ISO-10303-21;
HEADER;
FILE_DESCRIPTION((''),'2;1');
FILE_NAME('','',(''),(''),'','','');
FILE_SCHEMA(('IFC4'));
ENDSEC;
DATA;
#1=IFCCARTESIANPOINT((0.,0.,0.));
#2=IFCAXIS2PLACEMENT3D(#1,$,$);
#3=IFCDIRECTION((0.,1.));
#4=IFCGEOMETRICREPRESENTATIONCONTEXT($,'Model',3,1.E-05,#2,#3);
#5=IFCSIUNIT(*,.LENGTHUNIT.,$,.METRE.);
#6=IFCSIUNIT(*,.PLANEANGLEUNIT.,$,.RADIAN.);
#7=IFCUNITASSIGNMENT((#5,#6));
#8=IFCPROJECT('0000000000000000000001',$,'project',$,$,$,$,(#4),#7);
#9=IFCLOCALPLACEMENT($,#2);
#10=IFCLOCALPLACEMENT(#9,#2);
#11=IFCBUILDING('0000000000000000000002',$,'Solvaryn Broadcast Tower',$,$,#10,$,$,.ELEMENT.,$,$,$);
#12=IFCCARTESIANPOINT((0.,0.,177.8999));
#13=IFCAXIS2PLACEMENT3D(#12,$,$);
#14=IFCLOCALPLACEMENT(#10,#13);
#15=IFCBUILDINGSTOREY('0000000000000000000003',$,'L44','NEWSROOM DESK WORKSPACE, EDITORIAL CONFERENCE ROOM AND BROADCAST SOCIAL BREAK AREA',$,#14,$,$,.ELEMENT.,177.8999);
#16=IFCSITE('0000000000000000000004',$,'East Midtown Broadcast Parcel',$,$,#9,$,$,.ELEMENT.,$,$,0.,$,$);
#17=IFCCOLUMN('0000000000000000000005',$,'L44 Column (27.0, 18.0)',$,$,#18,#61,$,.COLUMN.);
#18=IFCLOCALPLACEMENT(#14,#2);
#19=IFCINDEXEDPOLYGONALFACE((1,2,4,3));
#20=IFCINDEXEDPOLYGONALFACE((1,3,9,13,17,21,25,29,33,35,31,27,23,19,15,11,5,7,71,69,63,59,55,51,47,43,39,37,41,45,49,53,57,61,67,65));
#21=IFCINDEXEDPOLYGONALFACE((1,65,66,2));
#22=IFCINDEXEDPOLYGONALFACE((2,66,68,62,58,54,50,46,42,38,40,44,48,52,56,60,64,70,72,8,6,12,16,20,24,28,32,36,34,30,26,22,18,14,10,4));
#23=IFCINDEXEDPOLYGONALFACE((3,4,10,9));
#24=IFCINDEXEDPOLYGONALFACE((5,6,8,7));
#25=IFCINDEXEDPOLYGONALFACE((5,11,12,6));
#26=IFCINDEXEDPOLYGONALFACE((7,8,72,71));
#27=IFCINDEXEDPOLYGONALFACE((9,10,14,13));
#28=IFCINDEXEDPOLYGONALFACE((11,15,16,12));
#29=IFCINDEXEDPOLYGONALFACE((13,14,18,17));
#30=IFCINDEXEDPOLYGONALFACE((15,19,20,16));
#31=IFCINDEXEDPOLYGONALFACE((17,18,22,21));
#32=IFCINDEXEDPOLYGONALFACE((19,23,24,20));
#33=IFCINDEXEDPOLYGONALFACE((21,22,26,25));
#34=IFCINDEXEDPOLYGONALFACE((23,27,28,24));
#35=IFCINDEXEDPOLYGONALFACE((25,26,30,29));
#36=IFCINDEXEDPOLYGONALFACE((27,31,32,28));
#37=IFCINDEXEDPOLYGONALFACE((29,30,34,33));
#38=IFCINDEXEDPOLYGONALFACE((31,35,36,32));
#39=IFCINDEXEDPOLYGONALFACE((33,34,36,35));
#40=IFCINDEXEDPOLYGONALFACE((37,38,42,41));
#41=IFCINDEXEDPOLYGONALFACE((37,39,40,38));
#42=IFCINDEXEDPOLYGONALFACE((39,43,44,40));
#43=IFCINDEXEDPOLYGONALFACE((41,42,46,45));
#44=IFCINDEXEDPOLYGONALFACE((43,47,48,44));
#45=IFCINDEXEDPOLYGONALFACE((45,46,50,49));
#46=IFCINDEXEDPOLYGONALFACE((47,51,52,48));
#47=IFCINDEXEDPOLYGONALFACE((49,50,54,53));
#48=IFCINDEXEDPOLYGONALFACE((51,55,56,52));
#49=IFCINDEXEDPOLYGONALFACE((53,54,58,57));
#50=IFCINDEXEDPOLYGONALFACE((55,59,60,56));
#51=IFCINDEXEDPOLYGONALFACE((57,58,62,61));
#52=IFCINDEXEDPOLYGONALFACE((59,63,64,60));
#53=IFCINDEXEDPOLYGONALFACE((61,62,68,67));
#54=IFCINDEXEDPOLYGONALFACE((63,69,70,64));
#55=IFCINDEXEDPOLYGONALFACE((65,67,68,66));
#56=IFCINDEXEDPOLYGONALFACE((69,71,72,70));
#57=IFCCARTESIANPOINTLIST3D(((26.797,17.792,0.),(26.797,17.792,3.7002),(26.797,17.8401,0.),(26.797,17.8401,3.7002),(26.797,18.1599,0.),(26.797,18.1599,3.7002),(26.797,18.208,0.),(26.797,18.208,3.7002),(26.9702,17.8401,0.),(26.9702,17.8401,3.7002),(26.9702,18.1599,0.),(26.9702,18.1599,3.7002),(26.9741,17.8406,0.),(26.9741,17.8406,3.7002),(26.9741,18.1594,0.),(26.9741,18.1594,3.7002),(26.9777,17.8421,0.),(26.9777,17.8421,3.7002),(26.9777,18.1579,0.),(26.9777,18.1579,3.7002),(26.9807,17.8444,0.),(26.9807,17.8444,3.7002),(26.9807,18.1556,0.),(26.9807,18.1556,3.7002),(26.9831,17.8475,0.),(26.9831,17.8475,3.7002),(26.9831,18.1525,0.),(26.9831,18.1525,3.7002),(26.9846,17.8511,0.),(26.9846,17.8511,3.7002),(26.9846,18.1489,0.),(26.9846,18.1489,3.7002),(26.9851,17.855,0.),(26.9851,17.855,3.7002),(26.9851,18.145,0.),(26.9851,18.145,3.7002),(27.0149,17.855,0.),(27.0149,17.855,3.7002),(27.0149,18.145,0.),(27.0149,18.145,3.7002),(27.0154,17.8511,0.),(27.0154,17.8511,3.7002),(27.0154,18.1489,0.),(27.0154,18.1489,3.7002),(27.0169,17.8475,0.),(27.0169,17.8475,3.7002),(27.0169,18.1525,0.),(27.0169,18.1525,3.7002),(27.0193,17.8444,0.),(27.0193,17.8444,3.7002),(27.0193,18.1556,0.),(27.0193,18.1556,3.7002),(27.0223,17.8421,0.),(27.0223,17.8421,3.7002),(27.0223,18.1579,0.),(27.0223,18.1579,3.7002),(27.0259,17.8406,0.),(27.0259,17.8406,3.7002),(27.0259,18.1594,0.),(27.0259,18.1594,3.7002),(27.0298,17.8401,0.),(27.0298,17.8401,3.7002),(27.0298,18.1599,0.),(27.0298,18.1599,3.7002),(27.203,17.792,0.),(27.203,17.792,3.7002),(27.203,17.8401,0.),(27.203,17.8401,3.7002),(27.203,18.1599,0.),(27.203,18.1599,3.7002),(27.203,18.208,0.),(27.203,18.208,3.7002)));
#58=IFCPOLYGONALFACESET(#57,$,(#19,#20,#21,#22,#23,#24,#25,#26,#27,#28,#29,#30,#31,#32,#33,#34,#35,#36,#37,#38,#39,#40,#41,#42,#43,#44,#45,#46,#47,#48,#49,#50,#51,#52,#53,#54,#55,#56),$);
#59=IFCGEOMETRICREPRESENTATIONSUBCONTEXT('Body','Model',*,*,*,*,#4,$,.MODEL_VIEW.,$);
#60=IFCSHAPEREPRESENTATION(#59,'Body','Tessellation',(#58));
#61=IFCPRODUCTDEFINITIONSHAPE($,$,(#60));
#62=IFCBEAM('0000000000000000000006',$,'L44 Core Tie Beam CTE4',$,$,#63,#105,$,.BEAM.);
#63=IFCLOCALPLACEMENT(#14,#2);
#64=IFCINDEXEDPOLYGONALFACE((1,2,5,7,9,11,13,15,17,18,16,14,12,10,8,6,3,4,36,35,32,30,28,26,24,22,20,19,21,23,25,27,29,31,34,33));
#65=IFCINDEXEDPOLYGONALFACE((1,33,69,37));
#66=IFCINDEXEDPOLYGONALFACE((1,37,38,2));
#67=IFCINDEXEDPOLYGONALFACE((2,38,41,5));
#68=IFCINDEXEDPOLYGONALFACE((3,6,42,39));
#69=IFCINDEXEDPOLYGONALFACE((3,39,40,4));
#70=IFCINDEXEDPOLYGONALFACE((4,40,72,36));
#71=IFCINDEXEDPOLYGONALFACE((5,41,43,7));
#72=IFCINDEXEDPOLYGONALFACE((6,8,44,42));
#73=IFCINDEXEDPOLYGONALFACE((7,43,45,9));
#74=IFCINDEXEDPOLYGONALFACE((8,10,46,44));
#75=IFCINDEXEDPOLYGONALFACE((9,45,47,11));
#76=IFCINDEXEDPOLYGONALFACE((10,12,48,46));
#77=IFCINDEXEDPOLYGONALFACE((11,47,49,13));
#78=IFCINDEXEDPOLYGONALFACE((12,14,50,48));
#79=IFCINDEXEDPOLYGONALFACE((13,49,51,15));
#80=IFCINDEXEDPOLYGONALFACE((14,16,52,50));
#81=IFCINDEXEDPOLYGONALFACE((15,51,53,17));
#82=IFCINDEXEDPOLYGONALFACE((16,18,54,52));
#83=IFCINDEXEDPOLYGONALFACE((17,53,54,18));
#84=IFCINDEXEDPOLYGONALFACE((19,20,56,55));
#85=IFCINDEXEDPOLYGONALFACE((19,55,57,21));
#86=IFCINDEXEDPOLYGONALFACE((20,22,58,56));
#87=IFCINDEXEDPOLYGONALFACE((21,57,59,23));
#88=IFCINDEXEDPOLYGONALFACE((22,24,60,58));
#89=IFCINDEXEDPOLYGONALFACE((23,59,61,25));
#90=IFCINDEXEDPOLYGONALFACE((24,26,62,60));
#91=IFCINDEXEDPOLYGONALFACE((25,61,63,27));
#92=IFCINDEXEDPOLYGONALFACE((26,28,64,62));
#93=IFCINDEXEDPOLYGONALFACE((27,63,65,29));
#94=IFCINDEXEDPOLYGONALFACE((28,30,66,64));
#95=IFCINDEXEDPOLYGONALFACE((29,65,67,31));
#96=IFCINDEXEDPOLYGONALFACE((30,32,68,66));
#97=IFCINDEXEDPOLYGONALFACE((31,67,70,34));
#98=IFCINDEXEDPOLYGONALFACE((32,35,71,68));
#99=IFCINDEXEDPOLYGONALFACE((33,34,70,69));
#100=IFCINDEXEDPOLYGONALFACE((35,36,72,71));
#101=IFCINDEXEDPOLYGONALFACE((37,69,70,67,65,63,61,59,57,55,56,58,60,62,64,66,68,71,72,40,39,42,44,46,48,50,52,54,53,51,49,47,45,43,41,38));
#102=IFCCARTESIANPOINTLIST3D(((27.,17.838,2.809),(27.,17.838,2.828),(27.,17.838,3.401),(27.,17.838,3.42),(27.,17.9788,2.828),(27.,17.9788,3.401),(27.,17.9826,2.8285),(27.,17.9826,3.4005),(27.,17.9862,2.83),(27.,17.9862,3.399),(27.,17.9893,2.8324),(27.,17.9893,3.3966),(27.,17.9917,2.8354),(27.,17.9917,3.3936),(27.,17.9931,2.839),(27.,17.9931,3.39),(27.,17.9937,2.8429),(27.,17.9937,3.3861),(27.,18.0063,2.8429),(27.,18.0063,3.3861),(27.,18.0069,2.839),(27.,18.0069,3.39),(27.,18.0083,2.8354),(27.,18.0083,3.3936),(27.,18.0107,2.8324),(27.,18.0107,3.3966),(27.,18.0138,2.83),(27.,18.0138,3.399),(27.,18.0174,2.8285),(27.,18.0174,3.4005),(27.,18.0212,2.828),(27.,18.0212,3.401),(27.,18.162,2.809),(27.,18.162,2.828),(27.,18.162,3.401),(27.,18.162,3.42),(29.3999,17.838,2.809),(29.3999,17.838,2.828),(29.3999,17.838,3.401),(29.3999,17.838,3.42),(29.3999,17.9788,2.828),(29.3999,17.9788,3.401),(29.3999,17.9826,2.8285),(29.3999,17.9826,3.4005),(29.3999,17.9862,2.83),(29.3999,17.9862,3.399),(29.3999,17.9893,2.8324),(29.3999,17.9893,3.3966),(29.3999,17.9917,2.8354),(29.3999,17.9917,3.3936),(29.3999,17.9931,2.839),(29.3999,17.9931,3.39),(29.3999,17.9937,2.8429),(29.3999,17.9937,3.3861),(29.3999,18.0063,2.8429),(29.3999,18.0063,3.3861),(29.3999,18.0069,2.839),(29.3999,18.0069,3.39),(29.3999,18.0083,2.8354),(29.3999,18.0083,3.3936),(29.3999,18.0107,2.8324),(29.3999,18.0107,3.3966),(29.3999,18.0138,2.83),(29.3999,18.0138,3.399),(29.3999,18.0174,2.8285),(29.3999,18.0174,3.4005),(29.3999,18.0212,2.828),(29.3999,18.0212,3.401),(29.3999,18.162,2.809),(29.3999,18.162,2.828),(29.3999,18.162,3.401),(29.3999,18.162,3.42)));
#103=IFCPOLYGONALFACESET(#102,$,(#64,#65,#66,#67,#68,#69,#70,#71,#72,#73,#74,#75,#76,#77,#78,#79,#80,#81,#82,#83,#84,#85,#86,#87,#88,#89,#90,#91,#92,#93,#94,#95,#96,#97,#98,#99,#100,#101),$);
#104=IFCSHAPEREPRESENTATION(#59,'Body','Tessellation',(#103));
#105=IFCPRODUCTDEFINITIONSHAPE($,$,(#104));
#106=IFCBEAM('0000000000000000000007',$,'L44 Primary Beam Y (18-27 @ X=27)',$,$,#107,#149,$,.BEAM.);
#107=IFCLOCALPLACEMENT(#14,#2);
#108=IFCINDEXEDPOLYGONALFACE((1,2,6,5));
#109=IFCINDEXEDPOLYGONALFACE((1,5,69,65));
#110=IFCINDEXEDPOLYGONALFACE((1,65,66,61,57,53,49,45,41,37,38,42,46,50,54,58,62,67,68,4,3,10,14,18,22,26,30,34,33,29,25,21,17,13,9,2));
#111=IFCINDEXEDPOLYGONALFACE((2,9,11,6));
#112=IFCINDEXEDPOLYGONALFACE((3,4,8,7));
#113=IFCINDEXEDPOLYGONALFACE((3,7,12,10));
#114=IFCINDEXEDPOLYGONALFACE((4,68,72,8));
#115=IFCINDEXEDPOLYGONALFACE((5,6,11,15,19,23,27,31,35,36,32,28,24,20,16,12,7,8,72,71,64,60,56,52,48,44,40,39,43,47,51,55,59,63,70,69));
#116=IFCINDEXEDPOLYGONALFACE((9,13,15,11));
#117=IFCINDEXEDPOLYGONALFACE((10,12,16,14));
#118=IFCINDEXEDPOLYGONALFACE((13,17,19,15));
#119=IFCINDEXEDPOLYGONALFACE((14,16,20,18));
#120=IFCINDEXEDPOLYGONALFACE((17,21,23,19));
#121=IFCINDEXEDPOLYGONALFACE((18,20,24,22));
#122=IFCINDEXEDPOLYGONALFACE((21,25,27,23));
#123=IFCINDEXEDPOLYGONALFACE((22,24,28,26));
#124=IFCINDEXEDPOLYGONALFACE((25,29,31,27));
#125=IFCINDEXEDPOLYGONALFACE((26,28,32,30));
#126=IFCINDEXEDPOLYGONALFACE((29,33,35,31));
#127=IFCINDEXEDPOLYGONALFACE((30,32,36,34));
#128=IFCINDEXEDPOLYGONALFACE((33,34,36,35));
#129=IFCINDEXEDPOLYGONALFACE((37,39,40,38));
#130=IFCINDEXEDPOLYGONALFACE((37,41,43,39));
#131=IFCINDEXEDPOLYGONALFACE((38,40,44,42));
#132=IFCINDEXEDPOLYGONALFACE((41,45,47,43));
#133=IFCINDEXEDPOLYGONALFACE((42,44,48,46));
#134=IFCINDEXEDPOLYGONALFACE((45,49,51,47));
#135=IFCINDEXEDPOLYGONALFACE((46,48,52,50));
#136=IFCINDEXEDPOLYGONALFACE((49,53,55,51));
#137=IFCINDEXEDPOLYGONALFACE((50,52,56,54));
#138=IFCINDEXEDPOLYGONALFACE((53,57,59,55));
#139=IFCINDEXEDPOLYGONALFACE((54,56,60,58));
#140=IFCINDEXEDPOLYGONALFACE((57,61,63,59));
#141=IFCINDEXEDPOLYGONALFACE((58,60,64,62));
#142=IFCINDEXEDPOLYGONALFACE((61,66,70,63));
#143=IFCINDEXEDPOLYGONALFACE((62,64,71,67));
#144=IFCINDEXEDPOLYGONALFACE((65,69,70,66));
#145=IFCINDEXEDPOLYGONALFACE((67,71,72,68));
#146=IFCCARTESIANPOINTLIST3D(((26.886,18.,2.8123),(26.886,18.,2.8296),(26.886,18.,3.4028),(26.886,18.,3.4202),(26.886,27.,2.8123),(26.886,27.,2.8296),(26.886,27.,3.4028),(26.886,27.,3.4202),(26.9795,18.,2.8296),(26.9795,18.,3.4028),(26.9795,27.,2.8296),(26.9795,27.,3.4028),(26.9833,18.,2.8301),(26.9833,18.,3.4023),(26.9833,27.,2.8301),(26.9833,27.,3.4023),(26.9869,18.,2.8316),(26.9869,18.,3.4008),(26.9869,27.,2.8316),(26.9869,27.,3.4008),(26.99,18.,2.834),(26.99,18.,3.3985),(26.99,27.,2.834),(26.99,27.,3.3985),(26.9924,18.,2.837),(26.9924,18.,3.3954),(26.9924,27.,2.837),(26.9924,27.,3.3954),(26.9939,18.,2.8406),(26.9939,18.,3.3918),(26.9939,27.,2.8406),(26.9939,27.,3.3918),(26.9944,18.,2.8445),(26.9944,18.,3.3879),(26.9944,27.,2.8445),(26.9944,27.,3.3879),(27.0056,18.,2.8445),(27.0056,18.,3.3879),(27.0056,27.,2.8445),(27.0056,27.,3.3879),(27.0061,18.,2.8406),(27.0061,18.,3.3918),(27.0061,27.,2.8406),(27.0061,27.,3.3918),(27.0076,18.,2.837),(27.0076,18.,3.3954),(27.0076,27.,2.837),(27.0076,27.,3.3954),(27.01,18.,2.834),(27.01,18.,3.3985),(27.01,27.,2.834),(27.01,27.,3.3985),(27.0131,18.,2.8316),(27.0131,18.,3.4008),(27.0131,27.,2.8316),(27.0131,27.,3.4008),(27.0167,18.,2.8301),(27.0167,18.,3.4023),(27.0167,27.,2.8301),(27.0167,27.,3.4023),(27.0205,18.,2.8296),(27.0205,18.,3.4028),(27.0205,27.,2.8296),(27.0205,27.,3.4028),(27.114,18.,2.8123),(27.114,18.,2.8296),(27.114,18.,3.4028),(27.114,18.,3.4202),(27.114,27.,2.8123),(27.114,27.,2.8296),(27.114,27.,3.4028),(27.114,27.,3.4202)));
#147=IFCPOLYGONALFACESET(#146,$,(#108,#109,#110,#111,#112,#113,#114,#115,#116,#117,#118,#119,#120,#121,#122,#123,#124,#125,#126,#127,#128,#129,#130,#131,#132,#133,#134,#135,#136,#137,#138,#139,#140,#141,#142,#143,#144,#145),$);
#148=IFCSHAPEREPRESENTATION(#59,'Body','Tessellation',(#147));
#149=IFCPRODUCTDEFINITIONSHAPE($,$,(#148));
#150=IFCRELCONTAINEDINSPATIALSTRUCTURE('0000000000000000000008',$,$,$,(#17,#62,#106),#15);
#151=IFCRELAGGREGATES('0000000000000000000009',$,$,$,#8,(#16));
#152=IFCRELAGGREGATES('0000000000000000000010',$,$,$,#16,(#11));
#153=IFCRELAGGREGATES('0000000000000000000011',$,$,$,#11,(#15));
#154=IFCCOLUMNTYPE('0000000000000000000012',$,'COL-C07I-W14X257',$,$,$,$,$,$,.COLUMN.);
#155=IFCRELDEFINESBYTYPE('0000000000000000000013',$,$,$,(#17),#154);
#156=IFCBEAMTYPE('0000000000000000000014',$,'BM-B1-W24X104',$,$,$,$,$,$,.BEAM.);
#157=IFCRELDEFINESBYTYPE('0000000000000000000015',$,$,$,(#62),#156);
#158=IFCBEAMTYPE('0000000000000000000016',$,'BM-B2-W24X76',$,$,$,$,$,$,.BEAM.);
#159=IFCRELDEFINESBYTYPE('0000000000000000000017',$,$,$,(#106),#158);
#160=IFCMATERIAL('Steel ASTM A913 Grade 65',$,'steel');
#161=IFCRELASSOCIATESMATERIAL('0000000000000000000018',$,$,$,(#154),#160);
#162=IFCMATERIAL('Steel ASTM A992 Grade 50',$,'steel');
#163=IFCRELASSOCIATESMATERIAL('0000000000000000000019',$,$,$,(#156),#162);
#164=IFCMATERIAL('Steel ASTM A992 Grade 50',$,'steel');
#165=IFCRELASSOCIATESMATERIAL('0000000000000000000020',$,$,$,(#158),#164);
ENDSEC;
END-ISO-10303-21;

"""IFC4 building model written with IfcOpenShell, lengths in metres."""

from ifc_helpers import new_model, si_unit, direction, frame, origin, origin_2d, place, context, subcontext, project, spatial, i_section, extrude, material, material_profile, profile_set, type_object, element, save


model = new_model("IFC4")

# Units and contexts
model_context = context("Model", 3, precision=1e-05, world=origin(), true_north=direction((0.0, 1.0)))
body_context = subcontext(model_context, "Body", "Model", "MODEL_VIEW")
ifc_project = project(units=[si_unit("LENGTHUNIT", "METRE"), si_unit("PLANEANGLEUNIT", "RADIAN")], contexts=[model_context])

# Site, building, storey
site_placement = place(None, origin())
site = spatial("IfcSite", under=ifc_project, at=site_placement, Name="East Midtown Broadcast Parcel", CompositionType="ELEMENT", RefElevation=0.0)
building_placement = place(site_placement, origin())
building = spatial("IfcBuilding", under=site, at=building_placement, Name="Solvaryn Broadcast Tower", CompositionType="ELEMENT")
storey_placement = place(building_placement, frame((0.0, 0.0, 177.8999)))
storey = spatial("IfcBuildingStorey", under=building, at=storey_placement, Name="L44", Description="NEWSROOM DESK WORKSPACE, EDITORIAL CONFERENCE ROOM AND BROADCAST SOCIAL BREAK AREA", CompositionType="ELEMENT", Elevation=177.8999)

# Column
ifc_material_1 = material(Name="Steel ASTM A913 Grade 65", Category="steel")
ifc_material_profile_1 = material_profile(ifc_material_1, i_section(OverallWidth=0.406, OverallDepth=0.416, WebThickness=0.0298, FlangeThickness=0.0481, FilletRadius=0.0149, at=origin_2d()))
ifc_profile_set_1 = profile_set([ifc_material_profile_1], Name="Steel ASTM A913 Grade 65")
column_type = type_object("IfcColumnType", Name="COL-C07I-W14X257", PredefinedType="COLUMN", material=ifc_profile_set_1)
column_placement = place(storey_placement, frame((27.0, 18.0, 0.0), z_axis=(0.0, 0.0, 1.0), x_axis=(1.0, 0.0, 0.0)))
element("IfcColumn", 1, at=column_placement, inside=storey, type_object=column_type, Name="L44 Column (27.0, 18.0)", PredefinedType="COLUMN", context=body_context, shape_type="SweptSolid", body=[
    extrude(i_section(OverallWidth=0.406, OverallDepth=0.416, WebThickness=0.0298, FlangeThickness=0.0481, FilletRadius=0.0149, at=origin_2d()), origin(), (0.0, 0.0, 1.0), 3.7002),
])

# Beams
ifc_material_2 = material(Name="Steel ASTM A992 Grade 50", Category="steel")
ifc_material_profile_2 = material_profile(ifc_material_2, i_section(OverallWidth=0.324, OverallDepth=0.6111, WebThickness=0.0127, FlangeThickness=0.019, FilletRadius=0.0149, at=origin_2d()))
ifc_profile_set_2 = profile_set([ifc_material_profile_2], Name="Steel ASTM A992 Grade 50")
beam_type_1 = type_object("IfcBeamType", Name="BM-B1-W24X104", PredefinedType="BEAM", material=ifc_profile_set_2)
beam_1_placement = place(storey_placement, frame((27.0, 18.0, 3.1145), z_axis=(1.0, 0.0, 0.0), x_axis=(0.0, 1.0, 0.0)))
element("IfcBeam", 2, at=beam_1_placement, inside=storey, type_object=beam_type_1, Name="L44 Core Tie Beam CTE4", PredefinedType="BEAM", context=body_context, shape_type="SweptSolid", body=[
    extrude(i_section(OverallWidth=0.324, OverallDepth=0.6111, WebThickness=0.0127, FlangeThickness=0.019, FilletRadius=0.0149, at=origin_2d()), origin(), (0.0, 0.0, 1.0), 2.3999),
])
ifc_material_3 = material(Name="Steel ASTM A992 Grade 50", Category="steel")
ifc_material_profile_3 = material_profile(ifc_material_3, i_section(OverallWidth=0.228, OverallDepth=0.6079, WebThickness=0.0112, FlangeThickness=0.0173, FilletRadius=0.0149, at=origin_2d()))
ifc_profile_set_3 = profile_set([ifc_material_profile_3], Name="Steel ASTM A992 Grade 50")
beam_type_2 = type_object("IfcBeamType", Name="BM-B2-W24X76", PredefinedType="BEAM", material=ifc_profile_set_3)
beam_2_placement = place(storey_placement, frame((27.0, 18.0, 3.1162), z_axis=(0.0, 1.0, 0.0), x_axis=(-1.0, 0.0, 0.0)))
element("IfcBeam", 3, at=beam_2_placement, inside=storey, type_object=beam_type_2, Name="L44 Primary Beam Y (18-27 @ X=27)", PredefinedType="BEAM", context=body_context, shape_type="SweptSolid", body=[
    extrude(i_section(OverallWidth=0.228, OverallDepth=0.6079, WebThickness=0.0112, FlangeThickness=0.0173, FilletRadius=0.0149, at=origin_2d()), origin(), (0.0, 0.0, 1.0), 9.0),
])

save(model, "model.ifc")
